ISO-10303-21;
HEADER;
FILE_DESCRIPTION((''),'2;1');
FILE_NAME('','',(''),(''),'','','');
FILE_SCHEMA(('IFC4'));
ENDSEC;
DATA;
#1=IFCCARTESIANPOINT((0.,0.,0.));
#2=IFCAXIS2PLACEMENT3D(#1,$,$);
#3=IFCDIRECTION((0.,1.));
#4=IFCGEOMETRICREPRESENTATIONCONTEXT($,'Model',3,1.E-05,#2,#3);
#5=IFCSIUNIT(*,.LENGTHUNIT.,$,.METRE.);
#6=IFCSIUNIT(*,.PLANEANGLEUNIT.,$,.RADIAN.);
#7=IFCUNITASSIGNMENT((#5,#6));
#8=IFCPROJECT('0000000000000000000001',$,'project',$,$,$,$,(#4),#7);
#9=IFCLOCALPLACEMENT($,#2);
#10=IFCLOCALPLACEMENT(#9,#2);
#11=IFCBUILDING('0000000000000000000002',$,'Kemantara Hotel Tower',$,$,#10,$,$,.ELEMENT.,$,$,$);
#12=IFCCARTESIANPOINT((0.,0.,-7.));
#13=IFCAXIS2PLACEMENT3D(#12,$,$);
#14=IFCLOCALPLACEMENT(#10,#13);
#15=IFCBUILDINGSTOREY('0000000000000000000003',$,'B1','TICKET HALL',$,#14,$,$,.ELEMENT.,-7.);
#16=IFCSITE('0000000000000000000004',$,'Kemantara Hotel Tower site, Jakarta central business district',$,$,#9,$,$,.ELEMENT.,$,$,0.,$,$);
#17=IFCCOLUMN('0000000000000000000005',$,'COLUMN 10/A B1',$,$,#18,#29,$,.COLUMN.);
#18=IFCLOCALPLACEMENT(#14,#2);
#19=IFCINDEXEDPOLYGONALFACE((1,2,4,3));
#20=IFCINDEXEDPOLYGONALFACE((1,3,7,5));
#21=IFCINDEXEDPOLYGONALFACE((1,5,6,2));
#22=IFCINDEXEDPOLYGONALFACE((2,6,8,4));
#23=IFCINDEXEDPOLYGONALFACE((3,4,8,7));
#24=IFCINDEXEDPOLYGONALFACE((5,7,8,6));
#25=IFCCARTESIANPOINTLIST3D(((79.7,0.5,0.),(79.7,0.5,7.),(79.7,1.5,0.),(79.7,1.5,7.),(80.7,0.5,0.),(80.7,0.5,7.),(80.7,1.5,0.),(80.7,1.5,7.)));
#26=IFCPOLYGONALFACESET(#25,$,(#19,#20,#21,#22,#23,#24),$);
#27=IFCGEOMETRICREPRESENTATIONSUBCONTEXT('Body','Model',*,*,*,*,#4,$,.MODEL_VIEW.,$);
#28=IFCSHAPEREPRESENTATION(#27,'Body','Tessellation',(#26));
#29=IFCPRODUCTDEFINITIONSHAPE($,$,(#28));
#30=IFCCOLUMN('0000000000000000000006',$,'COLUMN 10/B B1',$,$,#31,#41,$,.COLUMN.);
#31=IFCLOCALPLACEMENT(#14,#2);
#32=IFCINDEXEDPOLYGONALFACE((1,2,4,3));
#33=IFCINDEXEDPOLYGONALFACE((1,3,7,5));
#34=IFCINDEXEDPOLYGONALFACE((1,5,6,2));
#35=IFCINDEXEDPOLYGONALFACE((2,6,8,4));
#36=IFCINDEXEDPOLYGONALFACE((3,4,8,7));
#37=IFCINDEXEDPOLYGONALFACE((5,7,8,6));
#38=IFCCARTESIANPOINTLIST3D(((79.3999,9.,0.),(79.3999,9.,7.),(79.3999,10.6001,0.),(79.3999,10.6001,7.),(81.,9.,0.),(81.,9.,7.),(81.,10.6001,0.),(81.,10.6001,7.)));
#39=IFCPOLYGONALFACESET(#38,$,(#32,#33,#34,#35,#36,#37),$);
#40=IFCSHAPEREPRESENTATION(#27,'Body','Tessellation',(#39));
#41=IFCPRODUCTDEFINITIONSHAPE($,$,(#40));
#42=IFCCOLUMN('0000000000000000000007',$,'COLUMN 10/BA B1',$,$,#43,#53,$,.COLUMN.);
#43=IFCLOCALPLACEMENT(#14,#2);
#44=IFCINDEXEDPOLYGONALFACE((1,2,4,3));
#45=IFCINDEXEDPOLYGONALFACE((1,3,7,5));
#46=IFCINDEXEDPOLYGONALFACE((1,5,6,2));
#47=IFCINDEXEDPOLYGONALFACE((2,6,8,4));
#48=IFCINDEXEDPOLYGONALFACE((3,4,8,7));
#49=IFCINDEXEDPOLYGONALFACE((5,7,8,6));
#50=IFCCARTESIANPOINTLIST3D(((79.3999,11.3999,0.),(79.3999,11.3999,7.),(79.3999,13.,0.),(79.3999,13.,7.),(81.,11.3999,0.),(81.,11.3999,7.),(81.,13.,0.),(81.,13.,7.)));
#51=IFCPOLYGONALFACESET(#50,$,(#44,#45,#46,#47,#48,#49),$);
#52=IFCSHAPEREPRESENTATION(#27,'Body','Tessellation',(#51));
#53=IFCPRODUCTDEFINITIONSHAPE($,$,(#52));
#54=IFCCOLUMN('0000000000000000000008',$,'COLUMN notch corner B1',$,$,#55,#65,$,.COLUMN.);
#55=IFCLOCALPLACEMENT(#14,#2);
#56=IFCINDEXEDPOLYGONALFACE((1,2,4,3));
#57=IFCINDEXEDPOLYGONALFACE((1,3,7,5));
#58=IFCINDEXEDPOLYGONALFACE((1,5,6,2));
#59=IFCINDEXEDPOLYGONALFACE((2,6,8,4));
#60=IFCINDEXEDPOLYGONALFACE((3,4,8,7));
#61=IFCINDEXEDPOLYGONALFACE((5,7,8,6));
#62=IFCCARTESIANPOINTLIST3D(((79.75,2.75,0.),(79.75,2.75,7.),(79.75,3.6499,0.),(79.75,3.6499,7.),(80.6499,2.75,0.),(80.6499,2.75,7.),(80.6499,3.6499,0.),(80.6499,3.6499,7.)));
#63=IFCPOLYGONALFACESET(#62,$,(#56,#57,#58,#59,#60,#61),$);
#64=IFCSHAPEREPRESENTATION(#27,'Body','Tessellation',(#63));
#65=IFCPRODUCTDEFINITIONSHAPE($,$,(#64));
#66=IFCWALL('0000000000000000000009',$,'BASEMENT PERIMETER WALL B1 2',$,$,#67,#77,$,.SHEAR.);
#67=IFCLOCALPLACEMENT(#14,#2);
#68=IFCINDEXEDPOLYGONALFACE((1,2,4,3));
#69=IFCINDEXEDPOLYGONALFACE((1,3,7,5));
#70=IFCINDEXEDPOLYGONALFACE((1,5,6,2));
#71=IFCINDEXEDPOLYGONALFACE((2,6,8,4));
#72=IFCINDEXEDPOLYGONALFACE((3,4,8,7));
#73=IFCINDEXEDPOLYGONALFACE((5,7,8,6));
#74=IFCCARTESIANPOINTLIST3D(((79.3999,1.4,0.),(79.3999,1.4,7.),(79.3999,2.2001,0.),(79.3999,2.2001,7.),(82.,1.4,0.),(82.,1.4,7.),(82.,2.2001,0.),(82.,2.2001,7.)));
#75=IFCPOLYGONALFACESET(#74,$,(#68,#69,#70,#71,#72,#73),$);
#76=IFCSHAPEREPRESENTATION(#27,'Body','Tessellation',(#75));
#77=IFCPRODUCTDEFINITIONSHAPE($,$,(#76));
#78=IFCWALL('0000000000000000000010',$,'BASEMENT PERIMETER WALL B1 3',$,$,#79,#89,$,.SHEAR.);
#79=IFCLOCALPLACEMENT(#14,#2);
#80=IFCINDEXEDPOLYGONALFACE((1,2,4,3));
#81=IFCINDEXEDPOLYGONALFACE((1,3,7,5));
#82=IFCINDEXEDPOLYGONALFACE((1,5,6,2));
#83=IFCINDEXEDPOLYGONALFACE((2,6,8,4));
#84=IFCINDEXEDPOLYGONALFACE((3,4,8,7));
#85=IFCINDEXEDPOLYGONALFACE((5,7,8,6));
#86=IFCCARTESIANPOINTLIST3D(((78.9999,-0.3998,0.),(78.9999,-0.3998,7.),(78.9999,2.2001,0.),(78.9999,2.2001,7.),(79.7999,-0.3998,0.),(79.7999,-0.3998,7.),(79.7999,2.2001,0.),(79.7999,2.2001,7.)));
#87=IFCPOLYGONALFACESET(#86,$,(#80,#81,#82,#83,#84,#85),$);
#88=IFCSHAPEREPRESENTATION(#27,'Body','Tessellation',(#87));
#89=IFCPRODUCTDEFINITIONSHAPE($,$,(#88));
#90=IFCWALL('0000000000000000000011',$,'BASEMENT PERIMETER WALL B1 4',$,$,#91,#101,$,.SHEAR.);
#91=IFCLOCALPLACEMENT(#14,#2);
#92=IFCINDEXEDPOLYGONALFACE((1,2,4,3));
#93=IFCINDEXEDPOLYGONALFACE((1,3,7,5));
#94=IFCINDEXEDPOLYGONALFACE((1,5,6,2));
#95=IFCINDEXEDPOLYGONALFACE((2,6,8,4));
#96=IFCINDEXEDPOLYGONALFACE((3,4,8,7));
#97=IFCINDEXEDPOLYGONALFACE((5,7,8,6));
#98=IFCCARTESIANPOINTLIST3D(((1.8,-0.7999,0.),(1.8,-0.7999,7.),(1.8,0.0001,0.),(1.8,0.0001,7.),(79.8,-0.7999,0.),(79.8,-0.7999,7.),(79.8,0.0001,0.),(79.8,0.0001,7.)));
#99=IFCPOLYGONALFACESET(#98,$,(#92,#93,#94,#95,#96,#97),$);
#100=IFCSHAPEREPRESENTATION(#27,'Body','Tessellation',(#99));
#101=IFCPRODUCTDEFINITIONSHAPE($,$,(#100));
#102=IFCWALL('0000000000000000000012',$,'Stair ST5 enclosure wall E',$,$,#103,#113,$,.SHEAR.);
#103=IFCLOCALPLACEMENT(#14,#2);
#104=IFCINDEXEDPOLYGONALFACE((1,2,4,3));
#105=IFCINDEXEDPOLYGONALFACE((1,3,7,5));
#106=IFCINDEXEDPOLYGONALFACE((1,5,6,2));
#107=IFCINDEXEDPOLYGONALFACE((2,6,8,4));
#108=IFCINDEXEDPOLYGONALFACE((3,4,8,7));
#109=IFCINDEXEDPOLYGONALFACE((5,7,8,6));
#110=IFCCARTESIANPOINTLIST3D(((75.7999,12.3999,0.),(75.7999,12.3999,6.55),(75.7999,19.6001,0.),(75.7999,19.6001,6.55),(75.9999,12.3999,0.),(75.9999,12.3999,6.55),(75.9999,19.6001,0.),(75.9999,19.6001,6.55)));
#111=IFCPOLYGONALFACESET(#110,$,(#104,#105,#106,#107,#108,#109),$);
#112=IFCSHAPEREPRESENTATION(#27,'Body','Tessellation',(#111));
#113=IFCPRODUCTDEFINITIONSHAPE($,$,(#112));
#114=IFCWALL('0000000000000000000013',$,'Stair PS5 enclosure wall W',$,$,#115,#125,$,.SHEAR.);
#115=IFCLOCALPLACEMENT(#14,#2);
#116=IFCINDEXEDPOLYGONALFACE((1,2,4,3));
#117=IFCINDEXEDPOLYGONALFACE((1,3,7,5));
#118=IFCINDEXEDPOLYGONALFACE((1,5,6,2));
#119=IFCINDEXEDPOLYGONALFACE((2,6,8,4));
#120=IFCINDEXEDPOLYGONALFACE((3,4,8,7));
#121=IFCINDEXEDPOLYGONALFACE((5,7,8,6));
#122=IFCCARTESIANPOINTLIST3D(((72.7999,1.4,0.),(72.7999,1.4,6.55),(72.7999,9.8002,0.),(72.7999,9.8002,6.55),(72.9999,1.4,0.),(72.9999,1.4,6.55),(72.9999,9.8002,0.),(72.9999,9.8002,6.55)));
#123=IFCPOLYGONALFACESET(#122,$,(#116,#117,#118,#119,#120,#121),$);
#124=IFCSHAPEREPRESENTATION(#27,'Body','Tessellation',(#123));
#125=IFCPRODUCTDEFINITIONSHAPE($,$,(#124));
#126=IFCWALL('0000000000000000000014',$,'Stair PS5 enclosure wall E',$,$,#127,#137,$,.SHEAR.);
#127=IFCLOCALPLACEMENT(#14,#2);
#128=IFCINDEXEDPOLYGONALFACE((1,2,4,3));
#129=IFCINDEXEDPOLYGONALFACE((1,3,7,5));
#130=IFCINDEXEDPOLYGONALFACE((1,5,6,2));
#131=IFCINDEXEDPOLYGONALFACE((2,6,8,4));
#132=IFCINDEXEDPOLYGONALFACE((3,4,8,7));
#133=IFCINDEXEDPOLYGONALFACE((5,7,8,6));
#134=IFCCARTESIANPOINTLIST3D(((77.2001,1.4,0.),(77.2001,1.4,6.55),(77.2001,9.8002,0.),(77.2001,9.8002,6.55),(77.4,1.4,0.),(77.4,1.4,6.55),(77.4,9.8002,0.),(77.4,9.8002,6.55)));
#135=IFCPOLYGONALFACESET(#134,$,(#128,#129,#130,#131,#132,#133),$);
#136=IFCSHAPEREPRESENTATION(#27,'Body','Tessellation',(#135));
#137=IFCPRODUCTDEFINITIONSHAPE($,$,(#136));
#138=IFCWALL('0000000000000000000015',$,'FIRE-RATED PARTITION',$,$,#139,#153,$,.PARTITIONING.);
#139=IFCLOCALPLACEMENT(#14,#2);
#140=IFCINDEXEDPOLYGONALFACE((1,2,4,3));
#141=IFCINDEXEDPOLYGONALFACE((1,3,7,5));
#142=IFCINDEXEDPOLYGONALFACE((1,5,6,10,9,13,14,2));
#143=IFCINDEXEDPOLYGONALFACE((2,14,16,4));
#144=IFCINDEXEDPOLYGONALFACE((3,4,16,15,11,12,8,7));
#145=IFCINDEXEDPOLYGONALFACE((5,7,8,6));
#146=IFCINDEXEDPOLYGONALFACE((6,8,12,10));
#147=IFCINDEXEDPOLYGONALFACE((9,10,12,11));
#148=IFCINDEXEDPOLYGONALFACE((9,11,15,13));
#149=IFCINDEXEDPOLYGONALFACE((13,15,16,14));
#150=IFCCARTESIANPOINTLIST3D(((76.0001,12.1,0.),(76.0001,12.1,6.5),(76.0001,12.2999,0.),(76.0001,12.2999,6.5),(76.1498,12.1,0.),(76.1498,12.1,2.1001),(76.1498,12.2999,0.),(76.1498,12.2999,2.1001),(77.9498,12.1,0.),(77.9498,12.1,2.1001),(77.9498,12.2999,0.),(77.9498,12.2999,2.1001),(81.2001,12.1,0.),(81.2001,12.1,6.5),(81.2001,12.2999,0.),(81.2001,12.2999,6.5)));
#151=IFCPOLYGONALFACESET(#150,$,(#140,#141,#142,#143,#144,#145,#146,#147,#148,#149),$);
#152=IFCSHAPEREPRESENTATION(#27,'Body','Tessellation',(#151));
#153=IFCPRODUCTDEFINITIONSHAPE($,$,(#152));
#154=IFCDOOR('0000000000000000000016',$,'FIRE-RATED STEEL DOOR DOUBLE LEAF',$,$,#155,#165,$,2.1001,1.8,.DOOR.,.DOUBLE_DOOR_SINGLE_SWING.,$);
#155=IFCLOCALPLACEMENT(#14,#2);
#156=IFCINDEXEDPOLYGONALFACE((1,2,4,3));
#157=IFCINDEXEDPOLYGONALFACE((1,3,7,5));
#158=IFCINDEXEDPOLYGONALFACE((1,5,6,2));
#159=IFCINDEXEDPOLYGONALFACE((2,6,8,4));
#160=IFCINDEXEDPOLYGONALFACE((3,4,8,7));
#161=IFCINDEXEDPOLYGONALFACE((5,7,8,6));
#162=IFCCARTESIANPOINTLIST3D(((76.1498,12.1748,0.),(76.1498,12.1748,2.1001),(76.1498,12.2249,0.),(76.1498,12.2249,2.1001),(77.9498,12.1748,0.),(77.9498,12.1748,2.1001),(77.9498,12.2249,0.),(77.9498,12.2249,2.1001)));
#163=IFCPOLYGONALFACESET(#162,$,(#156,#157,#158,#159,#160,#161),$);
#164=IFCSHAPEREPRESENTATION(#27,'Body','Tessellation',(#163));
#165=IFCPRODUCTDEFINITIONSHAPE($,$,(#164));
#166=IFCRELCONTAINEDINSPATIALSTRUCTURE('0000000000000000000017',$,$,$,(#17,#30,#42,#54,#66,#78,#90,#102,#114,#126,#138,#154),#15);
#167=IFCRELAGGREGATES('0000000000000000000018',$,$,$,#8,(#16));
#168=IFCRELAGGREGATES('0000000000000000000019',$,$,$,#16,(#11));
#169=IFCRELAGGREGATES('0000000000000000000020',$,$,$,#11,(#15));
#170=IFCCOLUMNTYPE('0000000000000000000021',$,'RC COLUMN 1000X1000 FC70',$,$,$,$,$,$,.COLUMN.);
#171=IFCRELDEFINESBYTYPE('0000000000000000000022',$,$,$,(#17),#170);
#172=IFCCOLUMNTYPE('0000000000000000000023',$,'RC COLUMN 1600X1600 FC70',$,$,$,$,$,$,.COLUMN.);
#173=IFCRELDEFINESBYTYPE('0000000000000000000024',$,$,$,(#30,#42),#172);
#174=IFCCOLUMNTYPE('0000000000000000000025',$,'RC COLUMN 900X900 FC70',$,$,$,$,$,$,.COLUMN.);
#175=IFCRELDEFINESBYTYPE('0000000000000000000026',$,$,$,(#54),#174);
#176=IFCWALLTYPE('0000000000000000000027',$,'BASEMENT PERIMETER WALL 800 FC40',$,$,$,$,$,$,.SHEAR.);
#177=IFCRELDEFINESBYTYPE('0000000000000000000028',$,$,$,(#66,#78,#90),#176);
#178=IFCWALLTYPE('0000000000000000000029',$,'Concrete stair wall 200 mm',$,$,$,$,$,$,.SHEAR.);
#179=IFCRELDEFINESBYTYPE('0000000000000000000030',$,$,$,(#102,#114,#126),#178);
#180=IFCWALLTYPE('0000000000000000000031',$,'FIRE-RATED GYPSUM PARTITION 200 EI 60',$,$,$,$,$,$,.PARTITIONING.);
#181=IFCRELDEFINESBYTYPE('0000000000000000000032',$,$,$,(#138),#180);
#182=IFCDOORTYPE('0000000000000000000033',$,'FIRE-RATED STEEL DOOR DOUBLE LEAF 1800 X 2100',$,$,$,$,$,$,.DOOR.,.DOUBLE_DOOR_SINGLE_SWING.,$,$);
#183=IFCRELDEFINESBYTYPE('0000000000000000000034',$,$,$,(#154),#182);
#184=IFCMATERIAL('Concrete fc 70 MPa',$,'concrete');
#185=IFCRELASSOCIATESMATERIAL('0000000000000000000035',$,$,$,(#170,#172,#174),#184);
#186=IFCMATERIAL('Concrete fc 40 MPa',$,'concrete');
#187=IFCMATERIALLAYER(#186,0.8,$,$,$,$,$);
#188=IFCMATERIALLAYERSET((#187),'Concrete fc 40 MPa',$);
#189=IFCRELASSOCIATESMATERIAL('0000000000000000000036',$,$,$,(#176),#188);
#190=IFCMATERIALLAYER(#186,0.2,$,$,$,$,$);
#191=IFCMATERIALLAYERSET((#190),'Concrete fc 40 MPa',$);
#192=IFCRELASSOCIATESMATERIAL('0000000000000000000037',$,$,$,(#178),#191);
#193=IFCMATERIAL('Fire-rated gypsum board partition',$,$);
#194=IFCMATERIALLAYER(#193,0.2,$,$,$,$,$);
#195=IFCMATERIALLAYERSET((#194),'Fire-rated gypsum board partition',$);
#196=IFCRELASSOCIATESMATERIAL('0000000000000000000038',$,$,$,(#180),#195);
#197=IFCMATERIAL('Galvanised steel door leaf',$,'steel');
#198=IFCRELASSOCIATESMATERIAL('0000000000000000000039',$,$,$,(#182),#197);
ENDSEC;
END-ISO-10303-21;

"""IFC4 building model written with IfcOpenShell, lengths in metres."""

from ifc_helpers import new_model, si_unit, direction, frame, frame_2d, origin, origin_2d, place, context, subcontext, project, spatial, rectangle, extrude, material, layer, layer_set, material_profile, profile_set, type_object, element, fill, save


model = new_model("IFC4")

# Units and contexts
model_context = context("Model", 3, precision=1e-05, world=origin(), true_north=direction((0.0, 1.0)))
body_context = subcontext(model_context, "Body", "Model", "MODEL_VIEW")
ifc_project = project(units=[si_unit("LENGTHUNIT", "METRE"), si_unit("PLANEANGLEUNIT", "RADIAN")], contexts=[model_context])

# Site, building, storey
site_placement = place(None, origin())
site = spatial("IfcSite", under=ifc_project, at=site_placement, Name="Kemantara Hotel Tower site, Jakarta central business district", CompositionType="ELEMENT", RefElevation=0.0)
building_placement = place(site_placement, origin())
building = spatial("IfcBuilding", under=site, at=building_placement, Name="Kemantara Hotel Tower", CompositionType="ELEMENT")
storey_placement = place(building_placement, frame((0.0, 0.0, -7.0)))
storey = spatial("IfcBuildingStorey", under=building, at=storey_placement, Name="B1", Description="TICKET HALL", CompositionType="ELEMENT", Elevation=-7.0)

# Columns
ifc_material_1 = material(Name="Concrete fc 70 MPa", Category="concrete")
ifc_material_profile_1 = material_profile(ifc_material_1, rectangle(XDim=1.0, YDim=1.0, at=origin_2d()), Name="RC 1000X1000")
ifc_profile_set_1 = profile_set([ifc_material_profile_1], Name="Concrete fc 70 MPa")
column_type_1 = type_object("IfcColumnType", Name="RC COLUMN 1000X1000 FC70", PredefinedType="COLUMN", material=ifc_profile_set_1)
column_1_placement = place(storey_placement, frame((80.2, 1.0, 0.0), z_axis=(0.0, 0.0, 1.0), x_axis=(1.0, 0.0, 0.0)))
element("IfcColumn", 1, at=column_1_placement, inside=storey, type_object=column_type_1, Name="COLUMN 10/A B1", PredefinedType="COLUMN", context=body_context, shape_type="SweptSolid", body=[
    extrude(rectangle(XDim=1.0, YDim=1.0, at=origin_2d()), origin(), (0.0, 0.0, 1.0), 7.0),
])
ifc_material_profile_2 = material_profile(ifc_material_1, rectangle(XDim=1.6001, YDim=1.6001, at=origin_2d()), Name="RC 1600X1600")
ifc_profile_set_2 = profile_set([ifc_material_profile_2], Name="Concrete fc 70 MPa")
column_type_2 = type_object("IfcColumnType", Name="RC COLUMN 1600X1600 FC70", PredefinedType="COLUMN", material=ifc_profile_set_2)
for number, where, z_axis, x_axis, name in (
    (2, (80.2, 9.8, 0.0), (0.0, 0.0, 1.0), (1.0, 0.0, 0.0), "COLUMN 10/B B1"),
    (3, (80.2, 12.2, 0.0), (0.0, 0.0, 1.0), (1.0, 0.0, 0.0), "COLUMN 10/BA B1"),
):
    element("IfcColumn", number, at=place(storey_placement, frame(where, z_axis=z_axis, x_axis=x_axis)), inside=storey, type_object=column_type_2, Name=name, PredefinedType="COLUMN", context=body_context, shape_type="SweptSolid", body=[
        extrude(rectangle(XDim=1.6001, YDim=1.6001, at=origin_2d()), origin(), (0.0, 0.0, 1.0), 7.0),
    ])
ifc_material_profile_3 = material_profile(ifc_material_1, rectangle(XDim=0.8999, YDim=0.8999, at=origin_2d()), Name="RC 900X900")
ifc_profile_set_3 = profile_set([ifc_material_profile_3], Name="Concrete fc 70 MPa")
column_type_3 = type_object("IfcColumnType", Name="RC COLUMN 900X900 FC70", PredefinedType="COLUMN", material=ifc_profile_set_3)
column_2_placement = place(storey_placement, frame((80.2, 3.2, 0.0), z_axis=(0.0, 0.0, 1.0), x_axis=(1.0, 0.0, 0.0)))
element("IfcColumn", 4, at=column_2_placement, inside=storey, type_object=column_type_3, Name="COLUMN notch corner B1", PredefinedType="COLUMN", context=body_context, shape_type="SweptSolid", body=[
    extrude(rectangle(XDim=0.8999, YDim=0.8999, at=origin_2d()), origin(), (0.0, 0.0, 1.0), 7.0),
])

# Walls
ifc_material_2 = material(Name="Concrete fc 40 MPa", Category="concrete")
ifc_layer_1 = layer(ifc_material_2, 0.8)
ifc_layer_set_1 = layer_set([ifc_layer_1], Name="Concrete fc 40 MPa")
wall_type_1 = type_object("IfcWallType", Name="BASEMENT PERIMETER WALL 800 FC40", PredefinedType="SHEAR", material=ifc_layer_set_1)
wall_1_placement = place(storey_placement, frame((82.0, 1.8, 0.0), z_axis=(0.0, 0.0, 1.0), x_axis=(-1.0, 0.0, 0.0)))
element("IfcWall", 5, at=wall_1_placement, inside=storey, type_object=wall_type_1, Name="BASEMENT PERIMETER WALL B1 2", PredefinedType="SHEAR", context=body_context, shape_type="SweptSolid", body=[
    extrude(rectangle(XDim=2.6001, YDim=0.8, at=frame_2d((1.3, 0.0))), origin(), (0.0, 0.0, 1.0), 7.0),
])
wall_2_placement = place(storey_placement, frame((79.3999, 2.2, 0.0), z_axis=(0.0, 0.0, 1.0), x_axis=(0.0, -1.0, 0.0)))
element("IfcWall", 6, at=wall_2_placement, inside=storey, type_object=wall_type_1, Name="BASEMENT PERIMETER WALL B1 3", PredefinedType="SHEAR", context=body_context, shape_type="SweptSolid", body=[
    extrude(rectangle(XDim=2.5999, YDim=0.8, at=frame_2d((1.2998, 0.0))), origin(), (0.0, 0.0, 1.0), 7.0),
])
wall_3_placement = place(storey_placement, frame((79.8, -0.3999, 0.0), z_axis=(0.0, 0.0, 1.0), x_axis=(-1.0, 0.0, 0.0)))
element("IfcWall", 7, at=wall_3_placement, inside=storey, type_object=wall_type_1, Name="BASEMENT PERIMETER WALL B1 4", PredefinedType="SHEAR", context=body_context, shape_type="SweptSolid", body=[
    extrude(rectangle(XDim=78.0, YDim=0.8, at=frame_2d((39.0, 0.0))), origin(), (0.0, 0.0, 1.0), 7.0),
])
ifc_layer_2 = layer(ifc_material_2, 0.2)
ifc_layer_set_2 = layer_set([ifc_layer_2], Name="Concrete fc 40 MPa")
wall_type_2 = type_object("IfcWallType", Name="Concrete stair wall 200 mm", PredefinedType="SHEAR", material=ifc_layer_set_2)
wall_4_placement = place(storey_placement, frame((75.8999, 12.3999, 0.0), z_axis=(0.0, 0.0, 1.0), x_axis=(0.0, 1.0, 0.0)))
element("IfcWall", 8, at=wall_4_placement, inside=storey, type_object=wall_type_2, Name="Stair ST5 enclosure wall E", PredefinedType="SHEAR", context=body_context, shape_type="SweptSolid", body=[
    extrude(rectangle(XDim=7.2002, YDim=0.2, at=frame_2d((3.6001, 0.0))), origin(), (0.0, 0.0, 1.0), 6.55),
])
for number, where, z_axis, x_axis, name in (
    (9, (72.8999, 1.3999, 0.0), (0.0, 0.0, 1.0), (0.0, 1.0, 0.0), "Stair PS5 enclosure wall W"),
    (10, (77.3, 1.3999, 0.0), (0.0, 0.0, 1.0), (0.0, 1.0, 0.0), "Stair PS5 enclosure wall E"),
):
    element("IfcWall", number, at=place(storey_placement, frame(where, z_axis=z_axis, x_axis=x_axis)), inside=storey, type_object=wall_type_2, Name=name, PredefinedType="SHEAR", context=body_context, shape_type="SweptSolid", body=[
        extrude(rectangle(XDim=8.4001, YDim=0.2, at=frame_2d((4.2002, 0.0))), origin(), (0.0, 0.0, 1.0), 6.55),
    ])

# Wall, opening, door
ifc_material_3 = material(Name="Fire-rated gypsum board partition")
ifc_layer_3 = layer(ifc_material_3, 0.2)
ifc_layer_set_3 = layer_set([ifc_layer_3], Name="Fire-rated gypsum board partition")
wall_type_3 = type_object("IfcWallType", Name="FIRE-RATED GYPSUM PARTITION 200 EI 60", PredefinedType="PARTITIONING", material=ifc_layer_set_3)
wall_5_placement = place(storey_placement, frame((76.0, 12.2, 0.0), z_axis=(0.0, 0.0, 1.0), x_axis=(1.0, 0.0, 0.0)))
wall_5 = element("IfcWall", 11, at=wall_5_placement, inside=storey, type_object=wall_type_3, Name="FIRE-RATED PARTITION", PredefinedType="PARTITIONING", context=body_context, shape_type="SweptSolid", body=[
    extrude(rectangle(XDim=5.2, YDim=0.2, at=frame_2d((2.6001, 0.0))), origin(), (0.0, 0.0, 1.0), 6.5),
])
opening_1_placement = place(wall_5_placement, frame((0.1499, 0.0, 0.0)))
opening_1 = element("IfcOpeningElement", 12, at=opening_1_placement, cuts=wall_5, PredefinedType="OPENING", context=body_context, shape_type="SweptSolid", body=[
    extrude(rectangle(XDim=1.8, YDim=2.1001, at=frame_2d((0.8999, 1.05))), frame((0.0, 0.1099, 0.0), z_axis=(0.0, -1.0, 0.0), x_axis=(1.0, 0.0, 0.0)), (0.0, 0.0, 1.0), 0.22),
])
ifc_material_4 = material(Name="Galvanised steel door leaf", Category="steel")
door_type_1 = type_object("IfcDoorType", Name="FIRE-RATED STEEL DOOR DOUBLE LEAF 1800 X 2100", OperationType="DOUBLE_DOOR_SINGLE_SWING", PredefinedType="DOOR", material=ifc_material_4)
door_1_placement = place(opening_1_placement, origin())
door_1 = element("IfcDoor", 13, at=door_1_placement, inside=storey, type_object=door_type_1, Name="FIRE-RATED STEEL DOOR DOUBLE LEAF", OperationType="DOUBLE_DOOR_SINGLE_SWING", OverallHeight=2.1001, OverallWidth=1.8, PredefinedType="DOOR", context=body_context, shape_type="SweptSolid", body=[
    extrude(rectangle(XDim=1.8, YDim=2.1001, at=frame_2d((0.8999, 1.05))), frame((0.0, 0.0249, 0.0), z_axis=(0.0, -1.0, 0.0), x_axis=(1.0, 0.0, 0.0)), (0.0, 0.0, 1.0), 0.05),
])
fill(opening_1, door_1)

save(model, "model.ifc")
